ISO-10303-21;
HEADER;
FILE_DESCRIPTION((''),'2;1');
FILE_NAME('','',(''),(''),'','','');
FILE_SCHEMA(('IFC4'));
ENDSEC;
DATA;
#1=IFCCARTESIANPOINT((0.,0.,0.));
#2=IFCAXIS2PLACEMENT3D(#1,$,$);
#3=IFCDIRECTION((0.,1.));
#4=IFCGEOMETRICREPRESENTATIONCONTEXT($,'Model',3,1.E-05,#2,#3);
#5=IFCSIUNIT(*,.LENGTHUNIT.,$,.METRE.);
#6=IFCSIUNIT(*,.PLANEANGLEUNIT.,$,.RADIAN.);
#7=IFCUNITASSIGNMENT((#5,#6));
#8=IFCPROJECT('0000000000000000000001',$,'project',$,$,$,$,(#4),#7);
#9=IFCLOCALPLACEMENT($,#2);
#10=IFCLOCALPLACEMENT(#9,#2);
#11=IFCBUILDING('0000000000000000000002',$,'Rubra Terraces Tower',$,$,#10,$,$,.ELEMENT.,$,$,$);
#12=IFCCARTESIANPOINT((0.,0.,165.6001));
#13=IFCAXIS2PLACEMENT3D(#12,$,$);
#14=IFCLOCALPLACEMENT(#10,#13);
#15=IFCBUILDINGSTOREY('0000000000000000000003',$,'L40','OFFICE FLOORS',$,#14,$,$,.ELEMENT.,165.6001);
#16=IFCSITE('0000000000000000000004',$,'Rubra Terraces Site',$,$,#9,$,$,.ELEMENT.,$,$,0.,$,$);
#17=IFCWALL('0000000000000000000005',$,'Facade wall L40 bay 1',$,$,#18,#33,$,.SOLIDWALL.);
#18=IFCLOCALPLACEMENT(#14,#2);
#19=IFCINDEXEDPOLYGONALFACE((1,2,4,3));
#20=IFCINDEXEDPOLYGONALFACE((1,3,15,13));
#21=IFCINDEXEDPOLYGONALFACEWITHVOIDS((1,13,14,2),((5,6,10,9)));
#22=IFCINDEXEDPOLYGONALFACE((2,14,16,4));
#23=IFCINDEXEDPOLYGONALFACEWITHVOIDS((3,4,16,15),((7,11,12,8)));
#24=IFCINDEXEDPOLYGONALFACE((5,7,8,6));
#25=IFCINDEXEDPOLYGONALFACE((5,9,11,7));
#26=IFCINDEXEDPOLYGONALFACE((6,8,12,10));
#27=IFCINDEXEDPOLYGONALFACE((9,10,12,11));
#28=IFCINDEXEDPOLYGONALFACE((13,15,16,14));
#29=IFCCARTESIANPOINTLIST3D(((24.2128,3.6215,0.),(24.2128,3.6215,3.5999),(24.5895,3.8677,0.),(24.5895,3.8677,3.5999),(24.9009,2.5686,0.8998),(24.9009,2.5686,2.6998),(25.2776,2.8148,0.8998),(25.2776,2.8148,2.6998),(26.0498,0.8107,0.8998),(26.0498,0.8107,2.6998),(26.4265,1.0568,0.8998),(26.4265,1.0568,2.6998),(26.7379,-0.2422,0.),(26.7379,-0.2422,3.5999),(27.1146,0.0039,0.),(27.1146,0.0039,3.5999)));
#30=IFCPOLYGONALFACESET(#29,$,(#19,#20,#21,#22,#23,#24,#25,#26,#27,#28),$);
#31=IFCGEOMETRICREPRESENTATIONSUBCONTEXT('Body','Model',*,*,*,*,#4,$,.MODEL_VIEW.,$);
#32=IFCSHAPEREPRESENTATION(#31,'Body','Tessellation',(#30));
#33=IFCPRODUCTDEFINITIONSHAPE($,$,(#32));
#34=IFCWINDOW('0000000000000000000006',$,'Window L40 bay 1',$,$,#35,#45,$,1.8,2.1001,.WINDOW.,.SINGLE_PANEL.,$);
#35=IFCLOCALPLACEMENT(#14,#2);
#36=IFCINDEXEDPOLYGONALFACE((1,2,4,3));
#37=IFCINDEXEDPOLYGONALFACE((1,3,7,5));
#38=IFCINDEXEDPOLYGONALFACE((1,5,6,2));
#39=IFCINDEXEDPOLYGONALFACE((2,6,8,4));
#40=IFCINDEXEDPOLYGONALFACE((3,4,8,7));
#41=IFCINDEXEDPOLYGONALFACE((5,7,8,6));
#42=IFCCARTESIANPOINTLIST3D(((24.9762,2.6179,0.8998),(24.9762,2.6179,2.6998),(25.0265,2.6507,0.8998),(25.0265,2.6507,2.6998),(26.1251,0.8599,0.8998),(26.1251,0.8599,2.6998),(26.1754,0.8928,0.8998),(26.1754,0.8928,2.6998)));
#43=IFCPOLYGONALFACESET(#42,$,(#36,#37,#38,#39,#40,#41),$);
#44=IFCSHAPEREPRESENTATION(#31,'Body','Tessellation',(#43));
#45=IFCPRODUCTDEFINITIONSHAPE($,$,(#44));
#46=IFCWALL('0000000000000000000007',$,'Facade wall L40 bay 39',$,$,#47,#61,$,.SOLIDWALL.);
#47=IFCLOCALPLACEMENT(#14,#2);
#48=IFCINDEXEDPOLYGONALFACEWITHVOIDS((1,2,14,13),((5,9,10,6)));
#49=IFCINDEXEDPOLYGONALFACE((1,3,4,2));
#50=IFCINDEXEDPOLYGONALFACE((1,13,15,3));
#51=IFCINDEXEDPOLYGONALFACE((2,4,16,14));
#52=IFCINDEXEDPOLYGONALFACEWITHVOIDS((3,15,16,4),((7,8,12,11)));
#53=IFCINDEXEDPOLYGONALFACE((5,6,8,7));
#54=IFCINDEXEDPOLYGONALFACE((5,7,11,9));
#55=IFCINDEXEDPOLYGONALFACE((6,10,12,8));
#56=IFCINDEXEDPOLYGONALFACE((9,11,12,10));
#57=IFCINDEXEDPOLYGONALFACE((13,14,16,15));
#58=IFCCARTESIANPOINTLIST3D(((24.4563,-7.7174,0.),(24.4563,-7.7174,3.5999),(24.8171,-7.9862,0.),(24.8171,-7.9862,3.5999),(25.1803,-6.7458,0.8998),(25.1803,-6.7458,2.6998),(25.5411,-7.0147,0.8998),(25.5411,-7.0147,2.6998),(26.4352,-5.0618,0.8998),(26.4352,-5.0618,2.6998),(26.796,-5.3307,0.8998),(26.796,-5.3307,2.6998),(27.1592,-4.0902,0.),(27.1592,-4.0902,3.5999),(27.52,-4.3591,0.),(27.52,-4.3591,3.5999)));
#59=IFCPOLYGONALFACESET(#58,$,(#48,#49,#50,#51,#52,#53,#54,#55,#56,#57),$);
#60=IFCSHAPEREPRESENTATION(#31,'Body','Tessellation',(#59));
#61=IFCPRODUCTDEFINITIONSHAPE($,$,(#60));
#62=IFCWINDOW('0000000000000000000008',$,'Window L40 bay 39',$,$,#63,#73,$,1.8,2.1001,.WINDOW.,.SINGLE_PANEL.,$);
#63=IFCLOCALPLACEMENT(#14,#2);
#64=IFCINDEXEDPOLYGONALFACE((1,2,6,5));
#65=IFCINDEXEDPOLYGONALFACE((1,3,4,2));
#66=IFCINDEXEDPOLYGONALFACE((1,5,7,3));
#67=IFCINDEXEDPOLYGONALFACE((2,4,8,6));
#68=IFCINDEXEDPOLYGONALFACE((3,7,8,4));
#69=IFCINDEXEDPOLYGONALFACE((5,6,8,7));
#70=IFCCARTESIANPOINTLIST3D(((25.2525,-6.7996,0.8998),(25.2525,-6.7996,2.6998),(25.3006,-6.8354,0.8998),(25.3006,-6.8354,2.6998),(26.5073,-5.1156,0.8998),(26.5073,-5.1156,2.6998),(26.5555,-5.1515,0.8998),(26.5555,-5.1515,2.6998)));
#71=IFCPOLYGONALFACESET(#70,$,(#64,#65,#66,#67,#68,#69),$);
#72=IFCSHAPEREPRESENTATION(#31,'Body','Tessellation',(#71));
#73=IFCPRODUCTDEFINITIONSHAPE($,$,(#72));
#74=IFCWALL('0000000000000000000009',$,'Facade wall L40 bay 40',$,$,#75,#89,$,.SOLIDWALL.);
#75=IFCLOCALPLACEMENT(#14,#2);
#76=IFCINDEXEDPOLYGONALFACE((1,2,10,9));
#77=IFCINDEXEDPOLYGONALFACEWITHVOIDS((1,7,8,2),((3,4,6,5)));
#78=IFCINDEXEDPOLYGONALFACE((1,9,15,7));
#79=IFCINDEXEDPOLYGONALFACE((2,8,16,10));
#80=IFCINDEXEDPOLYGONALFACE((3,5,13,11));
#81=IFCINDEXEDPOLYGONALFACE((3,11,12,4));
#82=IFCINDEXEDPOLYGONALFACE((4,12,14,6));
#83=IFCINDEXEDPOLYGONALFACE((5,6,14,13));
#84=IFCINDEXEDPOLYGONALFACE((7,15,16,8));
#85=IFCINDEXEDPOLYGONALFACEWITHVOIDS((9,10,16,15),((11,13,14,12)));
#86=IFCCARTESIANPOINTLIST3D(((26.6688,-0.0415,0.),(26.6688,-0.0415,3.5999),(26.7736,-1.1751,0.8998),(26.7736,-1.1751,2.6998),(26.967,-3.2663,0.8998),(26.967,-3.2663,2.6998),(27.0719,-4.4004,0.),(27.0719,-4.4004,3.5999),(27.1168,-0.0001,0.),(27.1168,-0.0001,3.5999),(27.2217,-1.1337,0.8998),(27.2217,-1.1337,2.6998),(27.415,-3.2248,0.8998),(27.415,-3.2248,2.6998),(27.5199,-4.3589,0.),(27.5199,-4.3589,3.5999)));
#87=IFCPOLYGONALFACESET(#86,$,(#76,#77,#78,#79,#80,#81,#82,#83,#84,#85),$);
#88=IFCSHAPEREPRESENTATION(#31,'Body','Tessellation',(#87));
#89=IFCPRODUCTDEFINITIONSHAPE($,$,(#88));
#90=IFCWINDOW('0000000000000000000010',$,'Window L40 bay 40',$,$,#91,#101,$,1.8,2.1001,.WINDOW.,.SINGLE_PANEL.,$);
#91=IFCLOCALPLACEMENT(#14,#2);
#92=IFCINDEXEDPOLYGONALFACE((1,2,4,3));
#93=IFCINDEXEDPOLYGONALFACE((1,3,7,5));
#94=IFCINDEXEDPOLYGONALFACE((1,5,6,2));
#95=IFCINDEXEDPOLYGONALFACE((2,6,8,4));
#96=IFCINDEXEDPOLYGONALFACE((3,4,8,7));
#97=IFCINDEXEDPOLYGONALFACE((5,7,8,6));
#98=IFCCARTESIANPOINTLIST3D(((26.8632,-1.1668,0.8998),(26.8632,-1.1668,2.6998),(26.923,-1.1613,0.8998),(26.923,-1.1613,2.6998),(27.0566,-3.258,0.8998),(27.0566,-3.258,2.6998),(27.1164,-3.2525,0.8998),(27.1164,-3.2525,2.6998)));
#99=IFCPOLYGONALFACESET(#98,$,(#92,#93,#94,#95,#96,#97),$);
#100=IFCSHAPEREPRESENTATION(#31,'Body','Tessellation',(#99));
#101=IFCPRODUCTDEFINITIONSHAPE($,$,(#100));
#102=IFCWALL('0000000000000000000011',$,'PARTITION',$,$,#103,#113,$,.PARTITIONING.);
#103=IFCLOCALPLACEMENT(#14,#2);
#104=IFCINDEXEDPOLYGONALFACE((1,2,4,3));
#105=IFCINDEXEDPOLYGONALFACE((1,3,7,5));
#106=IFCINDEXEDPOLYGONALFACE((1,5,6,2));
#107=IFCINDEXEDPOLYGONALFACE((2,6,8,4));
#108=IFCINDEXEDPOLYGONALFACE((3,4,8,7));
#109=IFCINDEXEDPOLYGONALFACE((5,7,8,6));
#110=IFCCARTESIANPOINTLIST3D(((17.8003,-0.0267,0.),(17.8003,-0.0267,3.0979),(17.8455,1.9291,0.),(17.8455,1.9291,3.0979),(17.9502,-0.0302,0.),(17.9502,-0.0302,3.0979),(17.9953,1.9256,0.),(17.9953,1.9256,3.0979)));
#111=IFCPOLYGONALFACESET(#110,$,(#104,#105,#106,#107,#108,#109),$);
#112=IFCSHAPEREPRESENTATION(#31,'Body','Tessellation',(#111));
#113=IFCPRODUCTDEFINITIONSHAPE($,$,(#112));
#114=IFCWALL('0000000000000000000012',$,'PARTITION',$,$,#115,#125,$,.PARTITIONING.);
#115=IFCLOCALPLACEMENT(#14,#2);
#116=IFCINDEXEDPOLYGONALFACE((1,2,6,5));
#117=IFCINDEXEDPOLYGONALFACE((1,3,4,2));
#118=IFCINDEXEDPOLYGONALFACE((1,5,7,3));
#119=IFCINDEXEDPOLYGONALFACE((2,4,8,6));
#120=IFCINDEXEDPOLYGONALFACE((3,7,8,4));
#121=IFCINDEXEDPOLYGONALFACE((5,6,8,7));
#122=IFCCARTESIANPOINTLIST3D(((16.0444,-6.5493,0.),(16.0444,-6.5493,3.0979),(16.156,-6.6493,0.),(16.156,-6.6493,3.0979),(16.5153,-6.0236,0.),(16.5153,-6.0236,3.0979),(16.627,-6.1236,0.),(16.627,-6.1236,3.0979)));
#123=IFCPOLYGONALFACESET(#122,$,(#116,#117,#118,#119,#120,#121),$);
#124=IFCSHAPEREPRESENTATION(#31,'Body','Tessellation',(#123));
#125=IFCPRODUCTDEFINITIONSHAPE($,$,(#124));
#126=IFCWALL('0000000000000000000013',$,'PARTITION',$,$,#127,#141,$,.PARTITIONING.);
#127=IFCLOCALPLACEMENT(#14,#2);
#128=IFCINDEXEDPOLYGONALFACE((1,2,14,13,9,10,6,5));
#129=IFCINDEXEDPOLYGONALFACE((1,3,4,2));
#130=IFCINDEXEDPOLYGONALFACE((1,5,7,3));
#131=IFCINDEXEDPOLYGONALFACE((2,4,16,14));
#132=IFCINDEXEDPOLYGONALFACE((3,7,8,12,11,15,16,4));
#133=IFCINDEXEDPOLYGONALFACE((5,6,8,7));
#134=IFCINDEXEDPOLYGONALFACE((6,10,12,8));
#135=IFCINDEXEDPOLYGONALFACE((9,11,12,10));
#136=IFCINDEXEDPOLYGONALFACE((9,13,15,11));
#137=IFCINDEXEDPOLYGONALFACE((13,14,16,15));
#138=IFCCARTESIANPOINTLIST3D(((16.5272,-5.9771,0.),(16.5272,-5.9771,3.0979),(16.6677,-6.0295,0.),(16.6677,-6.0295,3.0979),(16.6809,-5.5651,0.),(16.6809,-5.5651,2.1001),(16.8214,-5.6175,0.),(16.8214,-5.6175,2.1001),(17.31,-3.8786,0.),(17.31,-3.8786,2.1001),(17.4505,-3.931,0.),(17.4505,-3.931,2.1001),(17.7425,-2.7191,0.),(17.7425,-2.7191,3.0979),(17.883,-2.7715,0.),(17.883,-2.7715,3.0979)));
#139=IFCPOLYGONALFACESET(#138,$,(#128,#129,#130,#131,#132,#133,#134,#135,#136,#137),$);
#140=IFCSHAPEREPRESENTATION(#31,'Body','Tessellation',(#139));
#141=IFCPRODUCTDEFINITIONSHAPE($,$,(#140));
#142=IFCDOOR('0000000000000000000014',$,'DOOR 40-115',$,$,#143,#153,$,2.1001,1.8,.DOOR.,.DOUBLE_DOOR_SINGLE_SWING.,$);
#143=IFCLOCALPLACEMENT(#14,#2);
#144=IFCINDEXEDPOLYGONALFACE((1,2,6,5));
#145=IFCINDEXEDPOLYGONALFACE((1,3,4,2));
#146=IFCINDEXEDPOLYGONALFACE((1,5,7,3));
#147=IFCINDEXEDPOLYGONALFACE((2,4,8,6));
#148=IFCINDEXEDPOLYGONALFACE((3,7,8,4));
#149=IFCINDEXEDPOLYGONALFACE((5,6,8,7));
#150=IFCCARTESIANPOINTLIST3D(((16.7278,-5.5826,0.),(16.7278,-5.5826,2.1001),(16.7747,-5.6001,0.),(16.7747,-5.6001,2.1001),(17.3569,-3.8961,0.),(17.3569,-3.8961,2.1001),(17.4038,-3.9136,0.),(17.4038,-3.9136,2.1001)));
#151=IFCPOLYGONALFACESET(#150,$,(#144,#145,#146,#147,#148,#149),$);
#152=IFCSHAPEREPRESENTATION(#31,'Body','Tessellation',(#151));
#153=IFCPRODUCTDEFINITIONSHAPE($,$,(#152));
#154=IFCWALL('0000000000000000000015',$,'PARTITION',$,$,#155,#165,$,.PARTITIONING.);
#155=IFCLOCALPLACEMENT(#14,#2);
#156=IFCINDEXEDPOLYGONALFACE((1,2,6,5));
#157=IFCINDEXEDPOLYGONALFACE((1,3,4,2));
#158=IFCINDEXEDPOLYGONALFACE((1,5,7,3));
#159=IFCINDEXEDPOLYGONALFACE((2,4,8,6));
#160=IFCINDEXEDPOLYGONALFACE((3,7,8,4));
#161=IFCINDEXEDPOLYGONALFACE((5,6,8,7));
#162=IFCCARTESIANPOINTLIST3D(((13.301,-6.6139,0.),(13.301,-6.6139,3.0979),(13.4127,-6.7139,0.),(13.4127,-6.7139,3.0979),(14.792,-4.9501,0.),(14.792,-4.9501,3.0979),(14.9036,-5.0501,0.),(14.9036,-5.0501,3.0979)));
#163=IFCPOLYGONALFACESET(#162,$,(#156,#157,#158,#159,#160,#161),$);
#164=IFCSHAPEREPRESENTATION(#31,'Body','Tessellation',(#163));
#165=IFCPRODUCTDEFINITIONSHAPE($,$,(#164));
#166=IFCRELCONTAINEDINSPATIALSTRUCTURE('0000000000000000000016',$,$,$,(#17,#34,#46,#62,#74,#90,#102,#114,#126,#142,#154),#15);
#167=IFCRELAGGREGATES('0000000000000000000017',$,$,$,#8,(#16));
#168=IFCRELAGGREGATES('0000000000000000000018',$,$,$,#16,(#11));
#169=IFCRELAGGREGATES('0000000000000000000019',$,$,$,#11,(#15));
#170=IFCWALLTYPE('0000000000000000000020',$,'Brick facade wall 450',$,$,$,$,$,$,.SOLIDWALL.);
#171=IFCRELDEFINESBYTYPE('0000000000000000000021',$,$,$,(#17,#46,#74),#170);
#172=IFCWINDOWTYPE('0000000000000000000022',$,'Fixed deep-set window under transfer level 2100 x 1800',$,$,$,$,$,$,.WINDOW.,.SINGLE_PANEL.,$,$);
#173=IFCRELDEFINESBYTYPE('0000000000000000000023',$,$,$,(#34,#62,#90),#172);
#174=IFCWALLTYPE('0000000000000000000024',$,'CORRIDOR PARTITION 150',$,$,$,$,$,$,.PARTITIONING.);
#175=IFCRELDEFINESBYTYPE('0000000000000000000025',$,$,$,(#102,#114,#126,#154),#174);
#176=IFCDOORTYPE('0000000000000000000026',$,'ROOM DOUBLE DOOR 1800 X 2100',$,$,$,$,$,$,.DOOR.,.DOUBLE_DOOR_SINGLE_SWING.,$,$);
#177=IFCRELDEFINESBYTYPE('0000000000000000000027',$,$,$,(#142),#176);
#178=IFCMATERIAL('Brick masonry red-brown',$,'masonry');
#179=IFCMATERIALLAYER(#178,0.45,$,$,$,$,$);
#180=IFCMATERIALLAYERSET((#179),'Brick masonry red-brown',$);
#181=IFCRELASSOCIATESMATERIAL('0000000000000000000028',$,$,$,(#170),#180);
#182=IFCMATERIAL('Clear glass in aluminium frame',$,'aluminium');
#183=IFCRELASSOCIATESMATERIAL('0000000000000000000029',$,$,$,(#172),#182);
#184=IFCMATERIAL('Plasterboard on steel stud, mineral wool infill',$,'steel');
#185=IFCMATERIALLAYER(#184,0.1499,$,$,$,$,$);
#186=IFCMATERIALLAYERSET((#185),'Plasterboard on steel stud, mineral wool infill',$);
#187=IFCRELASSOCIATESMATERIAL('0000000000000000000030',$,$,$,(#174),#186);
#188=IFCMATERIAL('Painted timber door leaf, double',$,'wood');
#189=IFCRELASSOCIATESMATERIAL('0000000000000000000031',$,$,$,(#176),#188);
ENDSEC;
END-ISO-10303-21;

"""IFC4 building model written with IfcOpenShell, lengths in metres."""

from ifc_helpers import new_model, si_unit, direction, frame, frame_2d, origin, place, context, subcontext, project, spatial, rectangle, extrude, material, layer, layer_set, type_object, element, fill, save


model = new_model("IFC4")

# Units and contexts
model_context = context("Model", 3, precision=1e-05, world=origin(), true_north=direction((0.0, 1.0)))
body_context = subcontext(model_context, "Body", "Model", "MODEL_VIEW")
ifc_project = project(units=[si_unit("LENGTHUNIT", "METRE"), si_unit("PLANEANGLEUNIT", "RADIAN")], contexts=[model_context])

# Site, building, storey
site_placement = place(None, origin())
site = spatial("IfcSite", under=ifc_project, at=site_placement, Name="Rubra Terraces Site", CompositionType="ELEMENT", RefElevation=0.0)
building_placement = place(site_placement, origin())
building = spatial("IfcBuilding", under=site, at=building_placement, Name="Rubra Terraces Tower", CompositionType="ELEMENT")
storey_placement = place(building_placement, frame((0.0, 0.0, 165.6001)))
storey = spatial("IfcBuildingStorey", under=building, at=storey_placement, Name="L40", Description="OFFICE FLOORS", CompositionType="ELEMENT", Elevation=165.6001)

# Walls, openings, windows
ifc_material_1 = material(Name="Brick masonry red-brown", Category="masonry")
ifc_layer_1 = layer(ifc_material_1, 0.45)
ifc_layer_set_1 = layer_set([ifc_layer_1], Name="Brick masonry red-brown")
wall_type_1 = type_object("IfcWallType", Name="Brick facade wall 450", PredefinedType="SOLIDWALL", material=ifc_layer_set_1)
wall_1_placement = place(storey_placement, frame((26.9263, -0.1191, 0.0), z_axis=(0.0, 0.0, 1.0), x_axis=(-0.547073, 0.837085, 0.0)))
wall_1 = element("IfcWall", 1, at=wall_1_placement, inside=storey, type_object=wall_type_1, Name="Facade wall L40 bay 1", PredefinedType="SOLIDWALL", context=body_context, shape_type="SweptSolid", body=[
    extrude(rectangle(XDim=4.6157, YDim=0.45, at=frame_2d((2.3079, 0.0))), origin(), (0.0, 0.0, 1.0), 3.5999),
])
opening_1_placement = place(wall_1_placement, frame((1.2578, 0.0, 0.8999)))
opening_1 = element("IfcOpeningElement", 2, at=opening_1_placement, cuts=wall_1, PredefinedType="OPENING", context=body_context, shape_type="SweptSolid", body=[
    extrude(rectangle(XDim=2.1001, YDim=1.8, at=frame_2d((1.05, 0.8999))), frame((0.0, 0.2349, 0.0), z_axis=(0.0, -1.0, 0.0), x_axis=(1.0, 0.0, 0.0)), (0.0, 0.0, 1.0), 0.47),
])
ifc_material_2 = material(Name="Clear glass in aluminium frame", Category="aluminium")
window_type = type_object("IfcWindowType", Name="Fixed deep-set window under transfer level 2100 x 1800", PartitioningType="SINGLE_PANEL", PredefinedType="WINDOW", material=ifc_material_2)
window_1_placement = place(opening_1_placement, origin())
window_1 = element("IfcWindow", 3, at=window_1_placement, inside=storey, type_object=window_type, Name="Window L40 bay 1", OverallHeight=1.8, OverallWidth=2.1001, PartitioningType="SINGLE_PANEL", PredefinedType="WINDOW", context=body_context, shape_type="SweptSolid", body=[
    extrude(rectangle(XDim=2.1001, YDim=1.8, at=frame_2d((1.05, 0.8999))), frame((0.0, 0.135, 0.0), z_axis=(0.0, -1.0, 0.0), x_axis=(1.0, 0.0, 0.0)), (0.0, 0.0, 1.0), 0.0601),
])
fill(opening_1, window_1)
wall_2_placement = place(storey_placement, frame((24.6367, -7.8518, 0.0), z_axis=(0.0, 0.0, 1.0), x_axis=(0.597519, 0.801855, 0.0)))
wall_2 = element("IfcWall", 4, at=wall_2_placement, inside=storey, type_object=wall_type_1, Name="Facade wall L40 bay 39", PredefinedType="SOLIDWALL", context=body_context, shape_type="SweptSolid", body=[
    extrude(rectangle(XDim=4.5234, YDim=0.45, at=frame_2d((2.2617, 0.0))), origin(), (0.0, 0.0, 1.0), 3.5999),
])
opening_2_placement = place(wall_2_placement, frame((1.2117, 0.0, 0.8999)))
opening_2 = element("IfcOpeningElement", 5, at=opening_2_placement, cuts=wall_2, PredefinedType="OPENING", context=body_context, shape_type="SweptSolid", body=[
    extrude(rectangle(XDim=2.1001, YDim=1.8, at=frame_2d((1.05, 0.8999))), frame((0.0, 0.2349, 0.0), z_axis=(0.0, -1.0, 0.0), x_axis=(1.0, 0.0, 0.0)), (0.0, 0.0, 1.0), 0.47),
])
window_2_placement = place(opening_2_placement, origin())
window_2 = element("IfcWindow", 6, at=window_2_placement, inside=storey, type_object=window_type, Name="Window L40 bay 39", OverallHeight=1.8, OverallWidth=2.1001, PartitioningType="SINGLE_PANEL", PredefinedType="WINDOW", context=body_context, shape_type="SweptSolid", body=[
    extrude(rectangle(XDim=2.1001, YDim=1.8, at=frame_2d((1.05, 0.8999))), frame((0.0, 0.135, 0.0), z_axis=(0.0, -1.0, 0.0), x_axis=(1.0, 0.0, 0.0)), (0.0, 0.0, 1.0), 0.0601),
])
fill(opening_2, window_2)
wall_3_placement = place(storey_placement, frame((27.2959, -4.3796, 0.0), z_axis=(0.0, 0.0, 1.0), x_axis=(-0.092079, 0.995752, 0.0)))
wall_3 = element("IfcWall", 7, at=wall_3_placement, inside=storey, type_object=wall_type_1, Name="Facade wall L40 bay 40", PredefinedType="SOLIDWALL", context=body_context, shape_type="SweptSolid", body=[
    extrude(rectangle(XDim=4.3774, YDim=0.45, at=frame_2d((2.1887, 0.0))), origin(), (0.0, 0.0, 1.0), 3.5999),
])
opening_3_placement = place(wall_3_placement, frame((1.1389, 0.0, 0.8999)))
opening_3 = element("IfcOpeningElement", 8, at=opening_3_placement, cuts=wall_3, PredefinedType="OPENING", context=body_context, shape_type="SweptSolid", body=[
    extrude(rectangle(XDim=2.1001, YDim=1.8, at=frame_2d((1.05, 0.8999))), frame((0.0, 0.2349, 0.0), z_axis=(0.0, -1.0, 0.0), x_axis=(1.0, 0.0, 0.0)), (0.0, 0.0, 1.0), 0.47),
])
window_3_placement = place(opening_3_placement, origin())
window_3 = element("IfcWindow", 9, at=window_3_placement, inside=storey, type_object=window_type, Name="Window L40 bay 40", OverallHeight=1.8, OverallWidth=2.1001, PartitioningType="SINGLE_PANEL", PredefinedType="WINDOW", context=body_context, shape_type="SweptSolid", body=[
    extrude(rectangle(XDim=2.1001, YDim=1.8, at=frame_2d((1.05, 0.8999))), frame((0.0, 0.135, 0.0), z_axis=(0.0, -1.0, 0.0), x_axis=(1.0, 0.0, 0.0)), (0.0, 0.0, 1.0), 0.0601),
])
fill(opening_3, window_3)

# Walls
ifc_material_3 = material(Name="Plasterboard on steel stud, mineral wool infill", Category="steel")
ifc_layer_2 = layer(ifc_material_3, 0.1499)
ifc_layer_set_2 = layer_set([ifc_layer_2], Name="Plasterboard on steel stud, mineral wool infill")
wall_type_2 = type_object("IfcWallType", Name="CORRIDOR PARTITION 150", PredefinedType="PARTITIONING", material=ifc_layer_set_2)
wall_4_placement = place(storey_placement, frame((17.8752, -0.0283, 0.0), z_axis=(0.0, 0.0, 1.0), x_axis=(0.023087, 0.999733, 0.0)))
element("IfcWall", 10, at=wall_4_placement, inside=storey, type_object=wall_type_2, Name="PARTITION", PredefinedType="PARTITIONING", context=body_context, shape_type="SweptSolid", body=[
    extrude(rectangle(XDim=1.9563, YDim=0.1499, at=frame_2d((0.978, 0.0))), origin(), (0.0, 0.0, 1.0), 3.0979),
])
wall_5_placement = place(storey_placement, frame((16.1001, -6.5994, 0.0), z_axis=(0.0, 0.0, 1.0), x_axis=(0.6673, 0.744789, 0.0)))
element("IfcWall", 11, at=wall_5_placement, inside=storey, type_object=wall_type_2, Name="PARTITION", PredefinedType="PARTITIONING", context=body_context, shape_type="SweptSolid", body=[
    extrude(rectangle(XDim=0.7058, YDim=0.1499, at=frame_2d((0.353, 0.0))), origin(), (0.0, 0.0, 1.0), 3.0979),
])

# Wall, opening, door
wall_6_placement = place(storey_placement, frame((16.5974, -6.0034, 0.0), z_axis=(0.0, 0.0, 1.0), x_axis=(0.349499, 0.936937, 0.0)))
wall_6 = element("IfcWall", 12, at=wall_6_placement, inside=storey, type_object=wall_type_2, Name="PARTITION", PredefinedType="PARTITIONING", context=body_context, shape_type="SweptSolid", body=[
    extrude(rectangle(XDim=3.4773, YDim=0.1499, at=frame_2d((1.7388, 0.0))), origin(), (0.0, 0.0, 1.0), 3.0979),
])
opening_4_placement = place(wall_6_placement, frame((0.4399, 0.0, 0.0)))
opening_4 = element("IfcOpeningElement", 13, at=opening_4_placement, cuts=wall_6, PredefinedType="OPENING", context=body_context, shape_type="SweptSolid", body=[
    extrude(rectangle(XDim=1.8, YDim=2.1001, at=frame_2d((0.8999, 1.05))), frame((0.0, 0.085, 0.0), z_axis=(0.0, -1.0, 0.0), x_axis=(1.0, 0.0, 0.0)), (0.0, 0.0, 1.0), 0.1699),
])
ifc_material_4 = material(Name="Painted timber door leaf, double", Category="wood")
door_type_1 = type_object("IfcDoorType", Name="ROOM DOUBLE DOOR 1800 X 2100", OperationType="DOUBLE_DOOR_SINGLE_SWING", PredefinedType="DOOR", material=ifc_material_4)
door_1_placement = place(opening_4_placement, origin())
door_1 = element("IfcDoor", 14, at=door_1_placement, inside=storey, type_object=door_type_1, Name="DOOR 40-115", OperationType="DOUBLE_DOOR_SINGLE_SWING", OverallHeight=2.1001, OverallWidth=1.8, PredefinedType="DOOR", context=body_context, shape_type="SweptSolid", body=[
    extrude(rectangle(XDim=1.8, YDim=2.1001, at=frame_2d((0.8999, 1.05))), frame((0.0, 0.0249, 0.0), z_axis=(0.0, -1.0, 0.0), x_axis=(1.0, 0.0, 0.0)), (0.0, 0.0, 1.0), 0.05),
])
fill(opening_4, door_1)

# Wall
wall_7_placement = place(storey_placement, frame((14.8479, -5.0, 0.0), z_axis=(0.0, 0.0, 1.0), x_axis=(-0.667363, -0.744732, 0.0)))
element("IfcWall", 15, at=wall_7_placement, inside=storey, type_object=wall_type_2, Name="PARTITION", PredefinedType="PARTITIONING", context=body_context, shape_type="SweptSolid", body=[
    extrude(rectangle(XDim=2.2341, YDim=0.1499, at=frame_2d((1.1172, 0.0))), origin(), (0.0, 0.0, 1.0), 3.0979),
])

save(model, "model.ifc")
